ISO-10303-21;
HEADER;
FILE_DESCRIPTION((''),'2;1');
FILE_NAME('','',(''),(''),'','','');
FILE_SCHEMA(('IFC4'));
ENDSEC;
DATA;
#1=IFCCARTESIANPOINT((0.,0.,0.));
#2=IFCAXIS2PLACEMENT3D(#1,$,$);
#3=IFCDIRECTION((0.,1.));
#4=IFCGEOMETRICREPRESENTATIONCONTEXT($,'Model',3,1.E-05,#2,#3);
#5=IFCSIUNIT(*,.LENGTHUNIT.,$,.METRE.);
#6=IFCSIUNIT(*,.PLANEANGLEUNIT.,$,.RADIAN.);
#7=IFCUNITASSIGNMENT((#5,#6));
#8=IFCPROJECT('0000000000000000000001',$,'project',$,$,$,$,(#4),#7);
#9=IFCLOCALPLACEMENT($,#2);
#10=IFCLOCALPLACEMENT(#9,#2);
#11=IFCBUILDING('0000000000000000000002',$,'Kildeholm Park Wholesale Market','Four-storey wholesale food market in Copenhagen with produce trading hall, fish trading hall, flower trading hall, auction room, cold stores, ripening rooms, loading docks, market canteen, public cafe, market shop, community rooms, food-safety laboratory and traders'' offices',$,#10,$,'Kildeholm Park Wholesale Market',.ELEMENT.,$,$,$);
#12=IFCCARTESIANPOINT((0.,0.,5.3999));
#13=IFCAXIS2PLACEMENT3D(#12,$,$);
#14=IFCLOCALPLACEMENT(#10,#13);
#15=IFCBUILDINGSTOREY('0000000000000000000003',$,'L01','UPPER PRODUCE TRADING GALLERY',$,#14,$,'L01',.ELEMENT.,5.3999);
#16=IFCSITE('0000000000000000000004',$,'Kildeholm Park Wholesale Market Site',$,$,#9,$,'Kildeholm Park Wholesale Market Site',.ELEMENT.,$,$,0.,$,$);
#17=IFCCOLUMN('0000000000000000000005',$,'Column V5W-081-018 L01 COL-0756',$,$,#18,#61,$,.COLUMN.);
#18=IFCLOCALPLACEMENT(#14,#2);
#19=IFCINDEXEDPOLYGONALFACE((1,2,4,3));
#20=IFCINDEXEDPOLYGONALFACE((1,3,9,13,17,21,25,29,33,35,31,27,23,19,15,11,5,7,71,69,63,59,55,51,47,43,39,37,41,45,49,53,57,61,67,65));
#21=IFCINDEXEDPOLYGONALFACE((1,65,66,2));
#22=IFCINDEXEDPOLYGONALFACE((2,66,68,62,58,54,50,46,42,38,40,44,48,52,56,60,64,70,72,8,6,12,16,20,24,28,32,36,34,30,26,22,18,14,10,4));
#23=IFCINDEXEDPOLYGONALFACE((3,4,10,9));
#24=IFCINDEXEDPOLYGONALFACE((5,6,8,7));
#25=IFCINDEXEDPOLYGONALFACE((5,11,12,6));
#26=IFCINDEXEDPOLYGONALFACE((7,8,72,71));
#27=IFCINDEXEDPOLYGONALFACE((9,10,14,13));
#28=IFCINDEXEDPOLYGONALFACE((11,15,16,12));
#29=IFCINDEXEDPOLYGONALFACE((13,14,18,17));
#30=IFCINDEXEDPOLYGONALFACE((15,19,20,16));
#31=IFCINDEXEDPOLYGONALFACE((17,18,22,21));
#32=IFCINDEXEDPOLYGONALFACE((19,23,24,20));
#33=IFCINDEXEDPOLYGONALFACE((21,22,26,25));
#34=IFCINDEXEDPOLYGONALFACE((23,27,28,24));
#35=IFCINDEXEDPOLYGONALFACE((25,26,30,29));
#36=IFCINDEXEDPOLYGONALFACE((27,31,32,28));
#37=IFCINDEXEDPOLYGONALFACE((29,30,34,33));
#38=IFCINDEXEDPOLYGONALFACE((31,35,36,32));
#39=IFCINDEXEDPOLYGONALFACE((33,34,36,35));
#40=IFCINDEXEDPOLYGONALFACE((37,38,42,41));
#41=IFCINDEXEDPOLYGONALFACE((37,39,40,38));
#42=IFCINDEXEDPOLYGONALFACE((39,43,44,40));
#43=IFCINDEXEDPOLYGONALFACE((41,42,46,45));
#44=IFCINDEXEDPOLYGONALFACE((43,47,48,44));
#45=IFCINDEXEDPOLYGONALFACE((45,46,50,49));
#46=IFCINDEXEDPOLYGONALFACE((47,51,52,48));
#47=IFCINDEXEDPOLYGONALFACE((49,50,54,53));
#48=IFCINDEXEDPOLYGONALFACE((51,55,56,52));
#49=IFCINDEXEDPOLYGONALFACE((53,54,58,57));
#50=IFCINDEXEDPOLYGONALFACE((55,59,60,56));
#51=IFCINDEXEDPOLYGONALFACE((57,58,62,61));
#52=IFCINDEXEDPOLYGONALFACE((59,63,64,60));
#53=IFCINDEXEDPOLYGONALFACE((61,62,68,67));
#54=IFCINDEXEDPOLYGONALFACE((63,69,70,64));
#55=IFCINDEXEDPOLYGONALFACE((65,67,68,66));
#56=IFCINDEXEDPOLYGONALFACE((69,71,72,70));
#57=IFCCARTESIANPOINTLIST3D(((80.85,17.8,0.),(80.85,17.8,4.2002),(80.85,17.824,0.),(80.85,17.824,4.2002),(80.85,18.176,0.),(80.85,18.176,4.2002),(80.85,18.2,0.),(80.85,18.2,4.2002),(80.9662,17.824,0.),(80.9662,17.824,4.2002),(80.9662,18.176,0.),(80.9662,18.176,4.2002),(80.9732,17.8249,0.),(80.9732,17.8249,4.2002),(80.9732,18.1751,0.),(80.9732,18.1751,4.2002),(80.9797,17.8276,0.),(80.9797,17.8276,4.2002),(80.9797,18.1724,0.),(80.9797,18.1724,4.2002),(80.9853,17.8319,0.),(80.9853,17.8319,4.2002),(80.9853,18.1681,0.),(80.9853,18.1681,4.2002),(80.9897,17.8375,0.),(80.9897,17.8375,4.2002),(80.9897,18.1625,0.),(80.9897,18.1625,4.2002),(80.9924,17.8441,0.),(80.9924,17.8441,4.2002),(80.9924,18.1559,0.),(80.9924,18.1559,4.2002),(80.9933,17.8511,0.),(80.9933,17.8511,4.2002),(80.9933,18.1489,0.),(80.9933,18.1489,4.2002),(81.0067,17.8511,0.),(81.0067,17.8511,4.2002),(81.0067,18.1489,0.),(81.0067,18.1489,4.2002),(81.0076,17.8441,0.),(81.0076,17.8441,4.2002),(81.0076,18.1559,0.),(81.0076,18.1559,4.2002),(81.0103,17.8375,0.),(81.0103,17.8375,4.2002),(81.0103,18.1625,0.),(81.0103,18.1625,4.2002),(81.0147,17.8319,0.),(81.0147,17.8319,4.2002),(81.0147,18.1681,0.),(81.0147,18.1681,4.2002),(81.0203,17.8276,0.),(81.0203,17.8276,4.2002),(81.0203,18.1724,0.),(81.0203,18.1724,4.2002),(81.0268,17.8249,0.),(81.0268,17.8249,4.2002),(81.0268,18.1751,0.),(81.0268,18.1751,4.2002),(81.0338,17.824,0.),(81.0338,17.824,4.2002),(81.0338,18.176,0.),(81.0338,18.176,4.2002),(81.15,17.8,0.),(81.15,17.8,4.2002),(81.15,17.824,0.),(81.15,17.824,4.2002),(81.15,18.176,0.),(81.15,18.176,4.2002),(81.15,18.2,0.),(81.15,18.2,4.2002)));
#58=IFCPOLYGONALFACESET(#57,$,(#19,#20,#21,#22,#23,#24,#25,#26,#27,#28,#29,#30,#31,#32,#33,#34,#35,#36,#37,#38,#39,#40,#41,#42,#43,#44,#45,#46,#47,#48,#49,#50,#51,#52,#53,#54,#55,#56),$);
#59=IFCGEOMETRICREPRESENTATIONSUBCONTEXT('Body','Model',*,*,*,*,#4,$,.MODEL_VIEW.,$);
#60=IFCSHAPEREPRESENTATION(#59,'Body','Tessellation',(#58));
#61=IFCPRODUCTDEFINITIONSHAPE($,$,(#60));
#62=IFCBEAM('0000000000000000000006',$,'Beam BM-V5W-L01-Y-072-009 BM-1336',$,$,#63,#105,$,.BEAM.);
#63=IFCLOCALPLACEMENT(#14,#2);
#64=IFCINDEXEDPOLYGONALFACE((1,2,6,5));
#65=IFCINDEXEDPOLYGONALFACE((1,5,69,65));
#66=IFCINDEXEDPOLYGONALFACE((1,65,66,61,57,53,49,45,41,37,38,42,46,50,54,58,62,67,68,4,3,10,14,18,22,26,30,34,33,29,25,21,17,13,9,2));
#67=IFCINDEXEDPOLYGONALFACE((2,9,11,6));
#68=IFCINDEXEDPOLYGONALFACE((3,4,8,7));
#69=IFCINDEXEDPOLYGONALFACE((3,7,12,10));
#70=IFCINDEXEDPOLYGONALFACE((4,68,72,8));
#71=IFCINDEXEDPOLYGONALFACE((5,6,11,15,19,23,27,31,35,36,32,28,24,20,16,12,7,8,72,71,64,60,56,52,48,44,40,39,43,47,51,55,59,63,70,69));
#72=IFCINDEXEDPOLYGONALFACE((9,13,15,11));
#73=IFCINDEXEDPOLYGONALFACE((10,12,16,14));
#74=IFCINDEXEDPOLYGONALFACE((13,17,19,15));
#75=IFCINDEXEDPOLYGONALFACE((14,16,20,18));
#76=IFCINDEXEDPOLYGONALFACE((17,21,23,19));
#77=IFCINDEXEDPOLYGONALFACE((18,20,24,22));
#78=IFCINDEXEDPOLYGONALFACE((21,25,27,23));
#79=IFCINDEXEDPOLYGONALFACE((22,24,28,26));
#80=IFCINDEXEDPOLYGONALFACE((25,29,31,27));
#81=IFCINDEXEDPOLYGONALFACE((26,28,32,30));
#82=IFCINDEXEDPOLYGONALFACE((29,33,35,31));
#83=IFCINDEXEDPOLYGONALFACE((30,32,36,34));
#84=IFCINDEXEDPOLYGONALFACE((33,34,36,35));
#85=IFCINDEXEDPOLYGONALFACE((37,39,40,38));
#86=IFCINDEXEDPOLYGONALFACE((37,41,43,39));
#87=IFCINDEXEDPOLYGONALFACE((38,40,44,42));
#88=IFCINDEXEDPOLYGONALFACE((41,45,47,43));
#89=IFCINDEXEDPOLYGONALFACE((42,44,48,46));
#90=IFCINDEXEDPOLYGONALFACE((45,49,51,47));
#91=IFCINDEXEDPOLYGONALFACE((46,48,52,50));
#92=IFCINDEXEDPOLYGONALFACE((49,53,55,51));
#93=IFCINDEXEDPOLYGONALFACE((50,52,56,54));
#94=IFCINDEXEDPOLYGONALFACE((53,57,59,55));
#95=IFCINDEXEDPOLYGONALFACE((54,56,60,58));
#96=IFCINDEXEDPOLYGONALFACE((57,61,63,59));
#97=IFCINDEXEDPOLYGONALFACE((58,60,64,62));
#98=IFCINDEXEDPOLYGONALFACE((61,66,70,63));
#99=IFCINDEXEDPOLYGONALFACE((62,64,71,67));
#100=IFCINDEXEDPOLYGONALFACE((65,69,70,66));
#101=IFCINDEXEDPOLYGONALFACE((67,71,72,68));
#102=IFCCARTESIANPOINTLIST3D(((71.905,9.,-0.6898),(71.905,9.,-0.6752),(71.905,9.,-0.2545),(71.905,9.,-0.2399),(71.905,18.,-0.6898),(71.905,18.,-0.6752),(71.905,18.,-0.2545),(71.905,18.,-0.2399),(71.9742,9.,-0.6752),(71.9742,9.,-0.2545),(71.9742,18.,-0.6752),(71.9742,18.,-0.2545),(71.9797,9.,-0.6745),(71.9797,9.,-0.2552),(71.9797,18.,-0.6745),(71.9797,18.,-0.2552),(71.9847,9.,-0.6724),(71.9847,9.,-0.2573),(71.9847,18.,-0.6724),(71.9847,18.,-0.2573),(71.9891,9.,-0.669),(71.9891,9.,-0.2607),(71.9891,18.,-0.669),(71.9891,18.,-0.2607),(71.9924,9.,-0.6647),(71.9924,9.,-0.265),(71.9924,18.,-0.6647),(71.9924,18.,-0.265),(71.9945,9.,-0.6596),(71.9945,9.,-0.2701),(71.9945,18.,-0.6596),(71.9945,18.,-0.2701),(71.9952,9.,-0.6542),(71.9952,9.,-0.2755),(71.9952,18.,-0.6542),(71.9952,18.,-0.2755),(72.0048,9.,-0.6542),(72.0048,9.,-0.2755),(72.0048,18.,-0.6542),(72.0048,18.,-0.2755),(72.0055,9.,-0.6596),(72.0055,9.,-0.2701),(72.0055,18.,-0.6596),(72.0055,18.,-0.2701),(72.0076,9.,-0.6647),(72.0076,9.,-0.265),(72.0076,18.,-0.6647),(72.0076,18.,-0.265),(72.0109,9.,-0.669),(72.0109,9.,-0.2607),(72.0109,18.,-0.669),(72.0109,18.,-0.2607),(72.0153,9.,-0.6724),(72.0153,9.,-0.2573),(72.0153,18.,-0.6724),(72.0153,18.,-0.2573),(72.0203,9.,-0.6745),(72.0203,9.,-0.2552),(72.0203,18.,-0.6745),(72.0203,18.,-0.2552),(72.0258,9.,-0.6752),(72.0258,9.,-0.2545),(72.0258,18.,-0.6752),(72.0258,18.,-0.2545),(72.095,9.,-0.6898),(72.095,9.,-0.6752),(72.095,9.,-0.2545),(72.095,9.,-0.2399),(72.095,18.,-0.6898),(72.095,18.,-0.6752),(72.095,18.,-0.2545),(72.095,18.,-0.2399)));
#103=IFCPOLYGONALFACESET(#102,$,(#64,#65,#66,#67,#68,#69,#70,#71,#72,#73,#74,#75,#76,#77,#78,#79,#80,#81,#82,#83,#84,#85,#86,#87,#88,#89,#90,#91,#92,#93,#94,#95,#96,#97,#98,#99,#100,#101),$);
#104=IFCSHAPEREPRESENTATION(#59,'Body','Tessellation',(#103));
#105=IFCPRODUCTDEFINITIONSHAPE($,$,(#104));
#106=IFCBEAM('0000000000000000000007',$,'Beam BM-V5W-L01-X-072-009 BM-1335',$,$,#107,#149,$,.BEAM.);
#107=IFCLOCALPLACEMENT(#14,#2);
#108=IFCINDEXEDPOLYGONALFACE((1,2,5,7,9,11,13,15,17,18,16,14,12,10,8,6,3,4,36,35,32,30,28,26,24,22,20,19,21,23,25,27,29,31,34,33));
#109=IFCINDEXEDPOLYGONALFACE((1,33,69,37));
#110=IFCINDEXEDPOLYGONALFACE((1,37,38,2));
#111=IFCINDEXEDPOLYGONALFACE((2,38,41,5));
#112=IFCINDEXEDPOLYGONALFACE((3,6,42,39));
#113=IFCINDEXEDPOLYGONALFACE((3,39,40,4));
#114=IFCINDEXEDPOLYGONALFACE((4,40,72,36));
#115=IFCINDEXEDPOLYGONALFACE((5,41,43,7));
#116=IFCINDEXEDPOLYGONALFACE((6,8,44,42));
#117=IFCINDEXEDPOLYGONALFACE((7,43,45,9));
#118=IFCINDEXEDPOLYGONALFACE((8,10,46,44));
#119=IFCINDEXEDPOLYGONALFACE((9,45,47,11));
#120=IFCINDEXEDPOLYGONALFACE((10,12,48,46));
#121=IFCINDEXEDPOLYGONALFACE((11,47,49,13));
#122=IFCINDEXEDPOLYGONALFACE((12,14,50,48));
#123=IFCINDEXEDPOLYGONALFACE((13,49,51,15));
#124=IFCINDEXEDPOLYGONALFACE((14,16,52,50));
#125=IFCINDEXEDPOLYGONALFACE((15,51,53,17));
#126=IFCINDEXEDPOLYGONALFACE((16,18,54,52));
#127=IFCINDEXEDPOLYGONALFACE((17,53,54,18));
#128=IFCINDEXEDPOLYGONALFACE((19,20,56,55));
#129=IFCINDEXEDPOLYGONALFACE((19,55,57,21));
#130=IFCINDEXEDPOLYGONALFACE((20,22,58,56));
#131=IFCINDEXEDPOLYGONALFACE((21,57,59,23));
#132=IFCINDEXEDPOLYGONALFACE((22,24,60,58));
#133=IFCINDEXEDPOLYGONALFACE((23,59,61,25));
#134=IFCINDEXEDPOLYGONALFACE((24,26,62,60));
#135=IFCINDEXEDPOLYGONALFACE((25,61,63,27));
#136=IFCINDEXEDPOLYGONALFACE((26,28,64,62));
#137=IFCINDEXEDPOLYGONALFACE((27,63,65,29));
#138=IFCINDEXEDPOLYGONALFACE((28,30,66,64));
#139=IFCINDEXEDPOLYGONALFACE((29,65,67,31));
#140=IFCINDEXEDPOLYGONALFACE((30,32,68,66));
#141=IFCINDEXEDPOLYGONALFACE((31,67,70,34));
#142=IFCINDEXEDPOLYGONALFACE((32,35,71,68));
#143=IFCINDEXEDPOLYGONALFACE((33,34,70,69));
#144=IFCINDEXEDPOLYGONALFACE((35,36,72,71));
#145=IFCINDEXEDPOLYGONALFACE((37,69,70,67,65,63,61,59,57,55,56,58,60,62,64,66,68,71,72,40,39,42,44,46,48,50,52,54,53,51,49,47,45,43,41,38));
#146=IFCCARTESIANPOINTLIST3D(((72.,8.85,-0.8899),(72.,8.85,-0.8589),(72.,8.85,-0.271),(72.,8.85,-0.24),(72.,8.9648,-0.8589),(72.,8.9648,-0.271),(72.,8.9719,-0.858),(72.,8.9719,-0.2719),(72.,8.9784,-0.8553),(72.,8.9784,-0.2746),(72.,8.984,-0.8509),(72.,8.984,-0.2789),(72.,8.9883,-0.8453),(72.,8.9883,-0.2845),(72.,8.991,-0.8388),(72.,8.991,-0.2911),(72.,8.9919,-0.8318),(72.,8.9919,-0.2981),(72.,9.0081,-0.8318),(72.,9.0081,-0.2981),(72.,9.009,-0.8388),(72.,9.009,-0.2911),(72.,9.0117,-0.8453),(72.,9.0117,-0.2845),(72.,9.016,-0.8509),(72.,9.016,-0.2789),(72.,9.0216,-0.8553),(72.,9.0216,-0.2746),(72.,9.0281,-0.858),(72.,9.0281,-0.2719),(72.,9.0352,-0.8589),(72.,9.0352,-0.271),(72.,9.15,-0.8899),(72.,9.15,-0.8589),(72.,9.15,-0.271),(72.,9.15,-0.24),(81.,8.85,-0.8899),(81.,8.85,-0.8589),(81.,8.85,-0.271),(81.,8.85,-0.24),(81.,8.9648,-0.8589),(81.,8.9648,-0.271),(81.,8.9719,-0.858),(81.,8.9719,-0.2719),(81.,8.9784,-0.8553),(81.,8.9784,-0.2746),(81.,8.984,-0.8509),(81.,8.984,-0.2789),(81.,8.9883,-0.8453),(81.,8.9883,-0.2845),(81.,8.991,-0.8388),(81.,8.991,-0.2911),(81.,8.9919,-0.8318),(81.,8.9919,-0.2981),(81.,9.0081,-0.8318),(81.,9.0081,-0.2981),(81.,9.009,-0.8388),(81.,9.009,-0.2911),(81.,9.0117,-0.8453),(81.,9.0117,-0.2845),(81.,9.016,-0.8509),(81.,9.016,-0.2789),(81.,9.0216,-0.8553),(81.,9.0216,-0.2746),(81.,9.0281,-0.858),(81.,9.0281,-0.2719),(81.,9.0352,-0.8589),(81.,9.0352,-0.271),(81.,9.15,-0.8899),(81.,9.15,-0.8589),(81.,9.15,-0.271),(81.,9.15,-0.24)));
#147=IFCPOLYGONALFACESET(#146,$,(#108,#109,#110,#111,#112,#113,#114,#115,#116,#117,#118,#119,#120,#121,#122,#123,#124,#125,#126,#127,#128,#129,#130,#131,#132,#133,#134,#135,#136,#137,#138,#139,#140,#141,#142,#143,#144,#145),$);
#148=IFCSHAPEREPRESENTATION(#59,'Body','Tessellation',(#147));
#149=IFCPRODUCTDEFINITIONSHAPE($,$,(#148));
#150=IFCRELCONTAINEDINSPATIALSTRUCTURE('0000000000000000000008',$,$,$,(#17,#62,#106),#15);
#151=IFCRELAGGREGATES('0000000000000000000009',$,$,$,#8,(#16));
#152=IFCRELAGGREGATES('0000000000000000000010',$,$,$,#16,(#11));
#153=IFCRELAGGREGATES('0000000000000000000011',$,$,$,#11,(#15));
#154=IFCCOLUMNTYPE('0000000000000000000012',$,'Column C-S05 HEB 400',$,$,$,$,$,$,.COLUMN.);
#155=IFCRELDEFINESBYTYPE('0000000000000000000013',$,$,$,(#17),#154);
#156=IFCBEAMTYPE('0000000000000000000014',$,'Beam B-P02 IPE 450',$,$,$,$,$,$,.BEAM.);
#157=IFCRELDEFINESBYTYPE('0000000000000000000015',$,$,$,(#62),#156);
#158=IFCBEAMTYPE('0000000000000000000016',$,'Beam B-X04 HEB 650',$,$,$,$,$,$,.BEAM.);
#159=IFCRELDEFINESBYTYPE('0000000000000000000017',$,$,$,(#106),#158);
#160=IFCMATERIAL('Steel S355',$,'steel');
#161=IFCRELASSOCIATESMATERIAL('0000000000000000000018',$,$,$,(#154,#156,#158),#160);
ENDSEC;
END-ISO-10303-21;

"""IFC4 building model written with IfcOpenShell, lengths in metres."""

from ifc_helpers import new_model, si_unit, direction, frame, origin, origin_2d, place, context, subcontext, project, spatial, i_section, extrude, material, material_profile, profile_set, type_object, element, save


model = new_model("IFC4")

# Units and contexts
model_context = context("Model", 3, precision=1e-05, world=origin(), true_north=direction((0.0, 1.0)))
body_context = subcontext(model_context, "Body", "Model", "MODEL_VIEW")
ifc_project = project(units=[si_unit("LENGTHUNIT", "METRE"), si_unit("PLANEANGLEUNIT", "RADIAN")], contexts=[model_context])

# Site, building, storey
site_placement = place(None, origin())
site = spatial("IfcSite", under=ifc_project, at=site_placement, Name="Kildeholm Park Wholesale Market Site", LongName="Kildeholm Park Wholesale Market Site", CompositionType="ELEMENT", RefElevation=0.0)
building_placement = place(site_placement, origin())
building = spatial("IfcBuilding", under=site, at=building_placement, Name="Kildeholm Park Wholesale Market", Description="Four-storey wholesale food market in Copenhagen with produce trading hall, fish trading hall, flower trading hall, auction room, cold stores, ripening rooms, loading docks, market canteen, public cafe, market shop, community rooms, food-safety laboratory and traders' offices", LongName="Kildeholm Park Wholesale Market", CompositionType="ELEMENT")
storey_placement = place(building_placement, frame((0.0, 0.0, 5.3999)))
storey = spatial("IfcBuildingStorey", under=building, at=storey_placement, Name="L01", Description="UPPER PRODUCE TRADING GALLERY", LongName="L01", CompositionType="ELEMENT", Elevation=5.3999)

# Column
ifc_material_1 = material(Name="Steel S355", Category="steel")
ifc_material_profile_1 = material_profile(ifc_material_1, i_section(OverallWidth=0.3, OverallDepth=0.3999, WebThickness=0.0134, FlangeThickness=0.0239, FilletRadius=0.0271, at=origin_2d()), Name="HEB 400")
ifc_profile_set_1 = profile_set([ifc_material_profile_1], Name="Steel S355")
column_type = type_object("IfcColumnType", Name="Column C-S05 HEB 400", PredefinedType="COLUMN", material=ifc_profile_set_1)
for number, where, z_axis, x_axis, name in (
    (1, (81.0, 18.0, 0.0), (0.0, 0.0, 1.0), (1.0, 0.0, 0.0), "Column V5W-081-018 L01 COL-0756"),
):
    element("IfcColumn", number, at=place(storey_placement, frame(where, z_axis=z_axis, x_axis=x_axis)), inside=storey, type_object=column_type, Name=name, PredefinedType="COLUMN", context=body_context, shape_type="SweptSolid", body=[
        extrude(i_section(OverallWidth=0.3, OverallDepth=0.3999, WebThickness=0.0134, FlangeThickness=0.0239, FilletRadius=0.0271, at=origin_2d()), origin(), (0.0, 0.0, 1.0), 4.2002),
    ])

# Beams
ifc_material_profile_2 = material_profile(ifc_material_1, i_section(OverallWidth=0.1899, OverallDepth=0.45, WebThickness=0.0095, FlangeThickness=0.0146, FilletRadius=0.021, at=origin_2d()), Name="IPE 450")
ifc_profile_set_2 = profile_set([ifc_material_profile_2], Name="Steel S355")
beam_type_1 = type_object("IfcBeamType", Name="Beam B-P02 IPE 450", PredefinedType="BEAM", material=ifc_profile_set_2)
beam_1_placement = place(storey_placement, frame((72.0, 9.0, -0.4648), z_axis=(0.0, 1.0, 0.0), x_axis=(-1.0, 0.0, 0.0)))
element("IfcBeam", 2, at=beam_1_placement, inside=storey, type_object=beam_type_1, Name="Beam BM-V5W-L01-Y-072-009 BM-1336", PredefinedType="BEAM", context=body_context, shape_type="SweptSolid", body=[
    extrude(i_section(OverallWidth=0.1899, OverallDepth=0.45, WebThickness=0.0095, FlangeThickness=0.0146, FilletRadius=0.021, at=origin_2d()), origin(), (0.0, 0.0, 1.0), 9.0),
])
ifc_material_profile_3 = material_profile(ifc_material_1, i_section(OverallWidth=0.3, OverallDepth=0.6499, WebThickness=0.0161, FlangeThickness=0.031, FilletRadius=0.0271, at=origin_2d()), Name="HEB 650")
ifc_profile_set_3 = profile_set([ifc_material_profile_3], Name="Steel S355")
beam_type_2 = type_object("IfcBeamType", Name="Beam B-X04 HEB 650", PredefinedType="BEAM", material=ifc_profile_set_3)
beam_2_placement = place(storey_placement, frame((72.0, 9.0, -0.5649), z_axis=(1.0, 0.0, 0.0), x_axis=(0.0, 1.0, 0.0)))
element("IfcBeam", 3, at=beam_2_placement, inside=storey, type_object=beam_type_2, Name="Beam BM-V5W-L01-X-072-009 BM-1335", PredefinedType="BEAM", context=body_context, shape_type="SweptSolid", body=[
    extrude(i_section(OverallWidth=0.3, OverallDepth=0.6499, WebThickness=0.0161, FlangeThickness=0.031, FilletRadius=0.0271, at=origin_2d()), origin(), (0.0, 0.0, 1.0), 9.0),
])

save(model, "model.ifc")
